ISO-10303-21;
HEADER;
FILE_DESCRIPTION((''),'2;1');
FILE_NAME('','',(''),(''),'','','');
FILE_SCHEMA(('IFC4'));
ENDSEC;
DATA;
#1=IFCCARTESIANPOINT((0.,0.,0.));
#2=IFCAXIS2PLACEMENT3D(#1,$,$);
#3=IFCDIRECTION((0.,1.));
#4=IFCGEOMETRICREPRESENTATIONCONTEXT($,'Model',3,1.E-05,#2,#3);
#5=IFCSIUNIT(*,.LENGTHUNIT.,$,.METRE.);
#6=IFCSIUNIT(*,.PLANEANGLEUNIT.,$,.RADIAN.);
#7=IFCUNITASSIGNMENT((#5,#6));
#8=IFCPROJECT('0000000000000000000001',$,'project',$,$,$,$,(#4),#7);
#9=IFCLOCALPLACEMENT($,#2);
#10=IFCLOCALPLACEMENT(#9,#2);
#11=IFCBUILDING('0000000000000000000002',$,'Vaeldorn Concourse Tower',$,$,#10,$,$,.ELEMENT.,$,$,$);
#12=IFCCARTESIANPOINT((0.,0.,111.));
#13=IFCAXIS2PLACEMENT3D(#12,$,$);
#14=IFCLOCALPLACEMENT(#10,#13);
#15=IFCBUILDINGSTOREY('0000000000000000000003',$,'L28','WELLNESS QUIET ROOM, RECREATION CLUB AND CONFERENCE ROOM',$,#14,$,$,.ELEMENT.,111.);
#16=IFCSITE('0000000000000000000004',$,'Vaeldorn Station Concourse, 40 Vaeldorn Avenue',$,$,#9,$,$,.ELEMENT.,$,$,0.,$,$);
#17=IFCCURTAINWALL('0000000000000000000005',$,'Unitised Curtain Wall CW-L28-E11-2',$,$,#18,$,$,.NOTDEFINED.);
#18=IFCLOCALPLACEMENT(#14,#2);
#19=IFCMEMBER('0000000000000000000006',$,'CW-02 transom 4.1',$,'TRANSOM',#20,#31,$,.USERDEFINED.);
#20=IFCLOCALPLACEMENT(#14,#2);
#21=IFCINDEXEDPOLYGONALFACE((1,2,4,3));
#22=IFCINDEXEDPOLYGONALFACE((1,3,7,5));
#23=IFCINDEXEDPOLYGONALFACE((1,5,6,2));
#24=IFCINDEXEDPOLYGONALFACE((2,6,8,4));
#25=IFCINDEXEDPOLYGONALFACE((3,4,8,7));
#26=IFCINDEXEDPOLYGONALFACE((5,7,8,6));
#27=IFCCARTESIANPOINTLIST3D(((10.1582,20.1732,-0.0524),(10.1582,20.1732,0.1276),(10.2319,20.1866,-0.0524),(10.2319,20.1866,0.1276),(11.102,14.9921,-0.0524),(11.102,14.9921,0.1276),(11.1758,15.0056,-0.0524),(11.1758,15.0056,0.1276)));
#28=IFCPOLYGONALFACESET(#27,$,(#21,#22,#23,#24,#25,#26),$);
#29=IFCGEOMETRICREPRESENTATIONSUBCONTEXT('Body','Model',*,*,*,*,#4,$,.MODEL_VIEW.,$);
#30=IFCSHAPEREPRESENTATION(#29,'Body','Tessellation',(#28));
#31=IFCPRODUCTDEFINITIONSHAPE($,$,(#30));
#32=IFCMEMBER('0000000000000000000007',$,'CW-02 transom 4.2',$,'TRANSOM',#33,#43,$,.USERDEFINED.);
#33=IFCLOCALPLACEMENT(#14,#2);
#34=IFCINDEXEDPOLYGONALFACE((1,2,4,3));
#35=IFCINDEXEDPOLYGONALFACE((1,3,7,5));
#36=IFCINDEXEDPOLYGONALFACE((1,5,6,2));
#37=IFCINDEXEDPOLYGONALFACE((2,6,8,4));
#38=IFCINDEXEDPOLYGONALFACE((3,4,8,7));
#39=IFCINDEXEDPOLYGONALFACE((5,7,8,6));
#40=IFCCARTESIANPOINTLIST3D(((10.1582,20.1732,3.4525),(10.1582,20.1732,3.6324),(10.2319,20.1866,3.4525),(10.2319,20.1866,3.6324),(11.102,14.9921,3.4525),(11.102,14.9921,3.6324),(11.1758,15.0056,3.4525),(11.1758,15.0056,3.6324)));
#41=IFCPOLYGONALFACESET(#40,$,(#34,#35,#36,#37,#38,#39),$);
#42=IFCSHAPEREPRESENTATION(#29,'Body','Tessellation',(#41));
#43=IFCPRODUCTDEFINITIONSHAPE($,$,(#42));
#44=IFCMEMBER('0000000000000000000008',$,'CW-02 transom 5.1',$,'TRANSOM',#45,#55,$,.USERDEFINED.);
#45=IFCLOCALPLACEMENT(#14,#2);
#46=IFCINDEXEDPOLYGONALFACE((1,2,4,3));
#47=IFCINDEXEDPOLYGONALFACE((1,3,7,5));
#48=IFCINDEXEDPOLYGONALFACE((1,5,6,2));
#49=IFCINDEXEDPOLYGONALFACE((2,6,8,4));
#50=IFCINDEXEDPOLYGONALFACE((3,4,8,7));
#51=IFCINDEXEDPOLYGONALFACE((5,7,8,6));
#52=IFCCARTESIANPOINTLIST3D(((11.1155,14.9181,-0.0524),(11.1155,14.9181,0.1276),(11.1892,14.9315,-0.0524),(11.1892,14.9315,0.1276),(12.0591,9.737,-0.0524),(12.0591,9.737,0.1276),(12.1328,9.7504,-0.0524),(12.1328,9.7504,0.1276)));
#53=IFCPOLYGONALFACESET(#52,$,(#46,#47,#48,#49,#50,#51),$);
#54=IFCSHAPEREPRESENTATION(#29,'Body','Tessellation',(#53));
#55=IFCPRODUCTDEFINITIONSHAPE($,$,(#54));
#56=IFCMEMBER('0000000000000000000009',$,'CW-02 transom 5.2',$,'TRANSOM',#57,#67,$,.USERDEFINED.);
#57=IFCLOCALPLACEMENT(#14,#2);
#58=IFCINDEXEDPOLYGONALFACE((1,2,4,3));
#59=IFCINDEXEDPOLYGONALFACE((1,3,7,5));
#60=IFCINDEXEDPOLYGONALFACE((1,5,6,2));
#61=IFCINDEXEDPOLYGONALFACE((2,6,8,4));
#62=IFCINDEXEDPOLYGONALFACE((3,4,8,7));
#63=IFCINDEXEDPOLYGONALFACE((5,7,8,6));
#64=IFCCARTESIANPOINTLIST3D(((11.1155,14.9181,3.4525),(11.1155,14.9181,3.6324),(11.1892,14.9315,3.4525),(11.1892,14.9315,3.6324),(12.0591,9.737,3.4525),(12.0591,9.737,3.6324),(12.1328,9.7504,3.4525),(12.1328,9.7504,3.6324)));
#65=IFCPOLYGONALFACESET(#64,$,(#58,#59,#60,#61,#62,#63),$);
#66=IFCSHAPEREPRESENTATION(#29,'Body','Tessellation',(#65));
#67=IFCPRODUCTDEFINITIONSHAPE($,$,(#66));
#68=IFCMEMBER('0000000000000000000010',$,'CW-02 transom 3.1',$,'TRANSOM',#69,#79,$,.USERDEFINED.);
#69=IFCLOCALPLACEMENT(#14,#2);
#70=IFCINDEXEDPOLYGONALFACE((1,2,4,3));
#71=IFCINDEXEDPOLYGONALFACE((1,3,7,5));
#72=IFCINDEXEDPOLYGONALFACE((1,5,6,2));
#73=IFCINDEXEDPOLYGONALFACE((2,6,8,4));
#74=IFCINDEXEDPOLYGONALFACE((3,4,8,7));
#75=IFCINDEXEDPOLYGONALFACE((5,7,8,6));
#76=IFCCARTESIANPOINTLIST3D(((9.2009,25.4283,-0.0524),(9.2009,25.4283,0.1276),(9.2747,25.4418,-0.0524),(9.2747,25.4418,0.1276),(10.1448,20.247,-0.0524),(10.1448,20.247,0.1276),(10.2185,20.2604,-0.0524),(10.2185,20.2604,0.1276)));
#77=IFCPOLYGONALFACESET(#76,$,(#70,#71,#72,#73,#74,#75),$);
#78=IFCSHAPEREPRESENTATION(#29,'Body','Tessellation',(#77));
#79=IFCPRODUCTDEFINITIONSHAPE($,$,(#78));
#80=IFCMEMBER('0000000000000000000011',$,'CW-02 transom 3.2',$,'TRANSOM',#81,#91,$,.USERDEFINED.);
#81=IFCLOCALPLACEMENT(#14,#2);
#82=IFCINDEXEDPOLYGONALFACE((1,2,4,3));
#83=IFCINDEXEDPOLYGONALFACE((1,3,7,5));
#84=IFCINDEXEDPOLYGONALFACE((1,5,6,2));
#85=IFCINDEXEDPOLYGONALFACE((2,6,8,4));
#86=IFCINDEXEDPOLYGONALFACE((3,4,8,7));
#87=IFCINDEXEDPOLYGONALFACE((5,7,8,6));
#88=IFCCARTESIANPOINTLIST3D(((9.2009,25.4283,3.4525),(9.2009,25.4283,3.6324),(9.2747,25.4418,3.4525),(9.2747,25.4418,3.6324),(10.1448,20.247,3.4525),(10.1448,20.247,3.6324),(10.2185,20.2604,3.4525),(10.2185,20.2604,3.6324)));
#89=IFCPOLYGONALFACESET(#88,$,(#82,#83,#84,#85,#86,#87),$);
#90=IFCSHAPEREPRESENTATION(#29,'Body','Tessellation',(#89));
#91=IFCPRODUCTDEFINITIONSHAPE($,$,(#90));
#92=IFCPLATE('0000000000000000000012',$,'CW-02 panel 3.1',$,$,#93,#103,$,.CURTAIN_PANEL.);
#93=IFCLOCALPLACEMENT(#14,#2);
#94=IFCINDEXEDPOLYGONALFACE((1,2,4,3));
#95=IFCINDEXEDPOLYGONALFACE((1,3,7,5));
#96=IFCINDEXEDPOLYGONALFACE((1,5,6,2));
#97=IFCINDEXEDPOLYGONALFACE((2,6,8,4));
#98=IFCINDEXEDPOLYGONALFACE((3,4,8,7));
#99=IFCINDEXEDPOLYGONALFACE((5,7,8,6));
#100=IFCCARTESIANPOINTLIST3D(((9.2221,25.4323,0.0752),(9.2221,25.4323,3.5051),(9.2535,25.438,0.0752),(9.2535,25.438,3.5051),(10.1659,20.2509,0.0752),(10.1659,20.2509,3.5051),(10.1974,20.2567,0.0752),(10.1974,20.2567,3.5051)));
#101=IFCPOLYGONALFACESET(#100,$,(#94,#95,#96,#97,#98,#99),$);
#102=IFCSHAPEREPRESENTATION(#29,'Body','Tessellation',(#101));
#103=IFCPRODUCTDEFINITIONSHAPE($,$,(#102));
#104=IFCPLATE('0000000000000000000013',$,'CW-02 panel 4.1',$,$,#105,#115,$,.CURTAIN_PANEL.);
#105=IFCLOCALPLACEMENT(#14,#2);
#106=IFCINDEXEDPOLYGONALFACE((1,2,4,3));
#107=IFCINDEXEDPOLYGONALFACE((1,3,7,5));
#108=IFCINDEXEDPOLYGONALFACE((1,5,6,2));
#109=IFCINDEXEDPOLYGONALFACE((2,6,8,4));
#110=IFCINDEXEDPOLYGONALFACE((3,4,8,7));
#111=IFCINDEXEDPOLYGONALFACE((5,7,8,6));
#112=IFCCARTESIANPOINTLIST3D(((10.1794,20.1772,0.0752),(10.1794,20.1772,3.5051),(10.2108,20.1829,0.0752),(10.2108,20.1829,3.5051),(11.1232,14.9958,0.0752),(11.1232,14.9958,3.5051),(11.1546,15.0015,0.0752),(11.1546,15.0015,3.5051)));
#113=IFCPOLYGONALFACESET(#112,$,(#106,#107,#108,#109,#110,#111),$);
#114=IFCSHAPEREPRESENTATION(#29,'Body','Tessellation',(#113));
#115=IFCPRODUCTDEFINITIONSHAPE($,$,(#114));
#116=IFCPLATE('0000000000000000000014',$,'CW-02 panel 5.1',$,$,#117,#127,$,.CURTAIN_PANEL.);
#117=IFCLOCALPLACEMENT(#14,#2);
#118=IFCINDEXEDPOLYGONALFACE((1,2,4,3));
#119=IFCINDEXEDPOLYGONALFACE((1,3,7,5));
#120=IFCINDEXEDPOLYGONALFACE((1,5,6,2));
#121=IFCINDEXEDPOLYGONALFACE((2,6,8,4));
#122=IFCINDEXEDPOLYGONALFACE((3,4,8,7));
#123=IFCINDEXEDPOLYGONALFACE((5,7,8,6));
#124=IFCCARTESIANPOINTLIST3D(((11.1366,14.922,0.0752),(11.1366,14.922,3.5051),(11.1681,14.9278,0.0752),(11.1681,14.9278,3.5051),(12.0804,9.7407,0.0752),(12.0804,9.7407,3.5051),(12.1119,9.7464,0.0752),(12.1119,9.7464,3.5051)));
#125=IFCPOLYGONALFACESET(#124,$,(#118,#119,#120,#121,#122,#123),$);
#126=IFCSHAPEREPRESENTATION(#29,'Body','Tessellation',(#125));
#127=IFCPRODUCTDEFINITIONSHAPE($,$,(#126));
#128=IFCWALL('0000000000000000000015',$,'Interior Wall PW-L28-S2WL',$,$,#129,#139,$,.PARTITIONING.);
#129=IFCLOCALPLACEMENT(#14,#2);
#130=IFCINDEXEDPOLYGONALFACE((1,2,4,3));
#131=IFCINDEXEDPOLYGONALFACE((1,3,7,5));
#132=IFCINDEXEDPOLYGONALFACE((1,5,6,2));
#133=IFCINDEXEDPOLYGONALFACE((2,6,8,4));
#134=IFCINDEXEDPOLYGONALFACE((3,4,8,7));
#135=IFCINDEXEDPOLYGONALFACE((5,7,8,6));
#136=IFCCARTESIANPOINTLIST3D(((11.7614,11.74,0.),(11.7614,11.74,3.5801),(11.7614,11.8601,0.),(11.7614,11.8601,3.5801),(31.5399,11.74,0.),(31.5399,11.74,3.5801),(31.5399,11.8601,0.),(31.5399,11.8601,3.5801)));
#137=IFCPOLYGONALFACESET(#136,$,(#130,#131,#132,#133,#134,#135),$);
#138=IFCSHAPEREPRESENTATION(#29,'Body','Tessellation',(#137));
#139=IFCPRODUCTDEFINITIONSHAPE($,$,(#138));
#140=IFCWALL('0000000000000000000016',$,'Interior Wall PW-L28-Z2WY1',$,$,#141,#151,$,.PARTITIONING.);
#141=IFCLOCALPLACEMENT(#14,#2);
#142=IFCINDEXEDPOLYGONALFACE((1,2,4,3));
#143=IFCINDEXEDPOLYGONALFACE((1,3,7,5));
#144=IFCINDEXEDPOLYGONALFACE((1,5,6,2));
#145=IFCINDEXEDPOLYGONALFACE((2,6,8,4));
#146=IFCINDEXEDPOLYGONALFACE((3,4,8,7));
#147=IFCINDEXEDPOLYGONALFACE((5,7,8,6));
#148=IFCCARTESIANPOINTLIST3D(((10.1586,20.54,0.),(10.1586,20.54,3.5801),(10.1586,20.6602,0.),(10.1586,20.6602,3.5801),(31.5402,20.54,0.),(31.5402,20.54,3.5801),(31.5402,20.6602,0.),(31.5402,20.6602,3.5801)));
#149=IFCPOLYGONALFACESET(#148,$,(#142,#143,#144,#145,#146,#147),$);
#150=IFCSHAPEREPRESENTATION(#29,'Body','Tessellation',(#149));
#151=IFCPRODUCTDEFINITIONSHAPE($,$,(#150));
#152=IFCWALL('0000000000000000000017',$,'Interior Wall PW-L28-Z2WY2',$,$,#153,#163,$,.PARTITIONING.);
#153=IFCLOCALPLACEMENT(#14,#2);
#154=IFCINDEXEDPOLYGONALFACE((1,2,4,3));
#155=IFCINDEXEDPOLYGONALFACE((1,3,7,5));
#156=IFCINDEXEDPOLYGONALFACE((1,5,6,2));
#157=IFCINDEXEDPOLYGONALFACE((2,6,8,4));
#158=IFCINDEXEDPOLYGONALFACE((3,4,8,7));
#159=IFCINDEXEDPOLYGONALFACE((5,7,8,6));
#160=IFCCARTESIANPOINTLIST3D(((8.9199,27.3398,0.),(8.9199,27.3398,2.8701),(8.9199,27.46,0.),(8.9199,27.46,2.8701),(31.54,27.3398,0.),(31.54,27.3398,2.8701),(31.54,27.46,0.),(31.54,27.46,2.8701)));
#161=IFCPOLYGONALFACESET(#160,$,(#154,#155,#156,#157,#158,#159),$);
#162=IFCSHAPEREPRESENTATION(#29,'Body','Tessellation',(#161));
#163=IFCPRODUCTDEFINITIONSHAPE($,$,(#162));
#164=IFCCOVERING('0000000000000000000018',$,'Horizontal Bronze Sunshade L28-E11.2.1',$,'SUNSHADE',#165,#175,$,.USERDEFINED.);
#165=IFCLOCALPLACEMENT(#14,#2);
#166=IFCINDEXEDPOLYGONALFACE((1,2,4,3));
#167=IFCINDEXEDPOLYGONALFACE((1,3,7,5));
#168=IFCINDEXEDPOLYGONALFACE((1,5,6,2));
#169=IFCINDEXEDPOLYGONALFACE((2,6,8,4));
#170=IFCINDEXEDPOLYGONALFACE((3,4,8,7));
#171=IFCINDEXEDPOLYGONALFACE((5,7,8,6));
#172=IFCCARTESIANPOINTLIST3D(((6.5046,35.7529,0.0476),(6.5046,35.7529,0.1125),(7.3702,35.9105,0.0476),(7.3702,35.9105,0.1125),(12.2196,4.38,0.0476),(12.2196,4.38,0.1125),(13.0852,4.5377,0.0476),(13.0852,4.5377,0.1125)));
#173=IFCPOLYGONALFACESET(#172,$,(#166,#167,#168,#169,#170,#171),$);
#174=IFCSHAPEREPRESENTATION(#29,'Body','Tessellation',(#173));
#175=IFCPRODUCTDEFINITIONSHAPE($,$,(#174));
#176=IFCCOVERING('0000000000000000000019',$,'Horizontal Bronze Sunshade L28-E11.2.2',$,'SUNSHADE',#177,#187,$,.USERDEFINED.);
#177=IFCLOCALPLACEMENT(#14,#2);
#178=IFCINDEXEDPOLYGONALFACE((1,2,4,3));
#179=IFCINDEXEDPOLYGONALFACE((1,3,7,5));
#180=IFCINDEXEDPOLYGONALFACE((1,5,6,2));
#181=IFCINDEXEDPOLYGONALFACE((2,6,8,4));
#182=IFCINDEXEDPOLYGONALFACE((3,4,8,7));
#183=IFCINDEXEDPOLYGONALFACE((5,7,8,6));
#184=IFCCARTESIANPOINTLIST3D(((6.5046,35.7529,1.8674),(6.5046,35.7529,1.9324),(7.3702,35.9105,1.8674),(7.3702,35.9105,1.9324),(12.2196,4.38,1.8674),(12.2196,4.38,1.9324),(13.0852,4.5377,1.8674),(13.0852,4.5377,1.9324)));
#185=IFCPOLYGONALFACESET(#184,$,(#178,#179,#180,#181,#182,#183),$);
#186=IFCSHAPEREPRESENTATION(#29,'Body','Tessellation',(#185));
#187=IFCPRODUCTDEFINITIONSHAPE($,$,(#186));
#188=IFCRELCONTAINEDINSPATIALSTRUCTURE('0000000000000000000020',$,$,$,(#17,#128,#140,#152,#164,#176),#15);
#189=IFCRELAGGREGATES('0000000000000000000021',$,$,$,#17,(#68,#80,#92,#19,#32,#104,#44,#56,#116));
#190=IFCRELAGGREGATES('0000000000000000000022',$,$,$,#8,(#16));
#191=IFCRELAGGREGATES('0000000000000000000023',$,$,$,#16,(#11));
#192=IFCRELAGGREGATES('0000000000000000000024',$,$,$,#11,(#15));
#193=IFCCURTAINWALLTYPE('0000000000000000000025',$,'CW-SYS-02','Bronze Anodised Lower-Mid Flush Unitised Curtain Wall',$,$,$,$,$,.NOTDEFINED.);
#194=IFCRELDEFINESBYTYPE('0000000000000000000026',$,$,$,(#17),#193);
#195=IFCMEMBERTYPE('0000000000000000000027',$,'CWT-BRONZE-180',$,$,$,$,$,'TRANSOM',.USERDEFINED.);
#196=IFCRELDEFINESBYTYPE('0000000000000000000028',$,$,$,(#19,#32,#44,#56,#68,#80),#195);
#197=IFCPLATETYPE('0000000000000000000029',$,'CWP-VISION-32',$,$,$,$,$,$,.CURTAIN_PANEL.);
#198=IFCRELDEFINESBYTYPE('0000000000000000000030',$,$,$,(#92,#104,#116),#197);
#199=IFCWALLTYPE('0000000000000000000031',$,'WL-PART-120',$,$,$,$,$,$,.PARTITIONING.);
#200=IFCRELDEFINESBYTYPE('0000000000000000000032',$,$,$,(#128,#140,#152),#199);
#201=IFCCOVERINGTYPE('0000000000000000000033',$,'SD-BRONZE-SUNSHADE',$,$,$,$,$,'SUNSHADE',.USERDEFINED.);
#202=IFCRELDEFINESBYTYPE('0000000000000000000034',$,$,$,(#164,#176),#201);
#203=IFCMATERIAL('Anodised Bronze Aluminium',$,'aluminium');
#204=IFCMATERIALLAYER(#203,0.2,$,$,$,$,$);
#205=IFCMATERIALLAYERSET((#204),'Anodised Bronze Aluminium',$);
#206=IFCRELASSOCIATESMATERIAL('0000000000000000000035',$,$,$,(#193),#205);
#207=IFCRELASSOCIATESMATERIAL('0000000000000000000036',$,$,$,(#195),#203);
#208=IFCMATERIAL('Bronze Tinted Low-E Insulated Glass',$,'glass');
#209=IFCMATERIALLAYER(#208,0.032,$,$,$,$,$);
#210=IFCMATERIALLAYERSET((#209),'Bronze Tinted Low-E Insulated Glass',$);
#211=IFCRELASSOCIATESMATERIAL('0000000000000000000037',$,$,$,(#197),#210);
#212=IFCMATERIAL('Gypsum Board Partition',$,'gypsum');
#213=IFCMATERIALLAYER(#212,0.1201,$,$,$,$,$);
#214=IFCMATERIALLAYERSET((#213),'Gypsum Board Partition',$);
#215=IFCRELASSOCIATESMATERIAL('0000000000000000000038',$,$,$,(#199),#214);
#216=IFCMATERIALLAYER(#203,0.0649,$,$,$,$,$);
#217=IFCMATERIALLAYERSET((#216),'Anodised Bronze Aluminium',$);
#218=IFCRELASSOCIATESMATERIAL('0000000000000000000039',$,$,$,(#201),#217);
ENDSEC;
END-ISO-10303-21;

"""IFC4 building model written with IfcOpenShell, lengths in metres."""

from ifc_helpers import new_model, si_unit, direction, frame, frame_2d, origin, origin_2d, place, context, subcontext, project, spatial, rectangle, extrude, source, transform, mapped, material, layer, layer_set, material_profile, profile_set, type_object, element, aggregate, save


model = new_model("IFC4")

# Units and contexts
model_context = context("Model", 3, precision=1e-05, world=origin(), true_north=direction((0.0, 1.0)))
body_context = subcontext(model_context, "Body", "Model", "MODEL_VIEW")
ifc_project = project(units=[si_unit("LENGTHUNIT", "METRE"), si_unit("PLANEANGLEUNIT", "RADIAN")], contexts=[model_context])

# Site, building, storey
site_placement = place(None, origin())
site = spatial("IfcSite", under=ifc_project, at=site_placement, Name="Vaeldorn Station Concourse, 40 Vaeldorn Avenue", CompositionType="ELEMENT", RefElevation=0.0)
building_placement = place(site_placement, origin())
building = spatial("IfcBuilding", under=site, at=building_placement, Name="Vaeldorn Concourse Tower", CompositionType="ELEMENT")
storey_placement = place(building_placement, frame((0.0, 0.0, 111.0)))
storey = spatial("IfcBuildingStorey", under=building, at=storey_placement, Name="L28", Description="WELLNESS QUIET ROOM, RECREATION CLUB AND CONFERENCE ROOM", CompositionType="ELEMENT", Elevation=111.0)

# Curtain wall, members, plates
ifc_material_1 = material(Name="Anodised Bronze Aluminium", Category="aluminium")
ifc_layer_1 = layer(ifc_material_1, 0.2)
ifc_layer_set_1 = layer_set([ifc_layer_1], Name="Anodised Bronze Aluminium")
curtain_wall_type = type_object("IfcCurtainWallType", Name="CW-SYS-02", Description="Bronze Anodised Lower-Mid Flush Unitised Curtain Wall", PredefinedType="NOTDEFINED", material=ifc_layer_set_1)
curtain_wall_placement = place(storey_placement, origin())
curtain_wall = element("IfcCurtainWall", 1, at=curtain_wall_placement, inside=storey, type_object=curtain_wall_type, Name="Unitised Curtain Wall CW-L28-E11-2", PredefinedType="NOTDEFINED")
ifc_material_profile_1 = material_profile(ifc_material_1, rectangle(XDim=0.075, YDim=0.1799, at=origin_2d()), Name="CWT 75x180")
ifc_profile_set_1 = profile_set([ifc_material_profile_1], Name="Anodised Bronze Aluminium")
member_type_1 = type_object("IfcMemberType", Name="CWT-BRONZE-180", ElementType="TRANSOM", PredefinedType="USERDEFINED", material=ifc_profile_set_1)
shared_shape_1 = source(origin(), body_context, "Body", "SweptSolid", [
    extrude(rectangle(XDim=0.075, YDim=0.1799, at=origin_2d()), origin(), (0.0, 0.0, 1.0), 5.2664),
])
member_1_placement = place(storey_placement, frame((10.1951, 20.1799, 0.0376), z_axis=(0.17922, -0.983809, 0.0), x_axis=(0.983809, 0.17922, 0.0)))
member_1 = element("IfcMember", 2, at=member_1_placement, type_object=member_type_1, Name="CW-02 transom 4.1", ObjectType="TRANSOM", PredefinedType="USERDEFINED", context=body_context, shape_type="MappedRepresentation", body=[
    mapped(shared_shape_1, transform((0.0, 0.0, 0.0), scale=1.0)),
])
member_2_placement = place(storey_placement, frame((10.1951, 20.1799, 3.5425), z_axis=(0.17922, -0.983809, 0.0), x_axis=(0.983809, 0.17922, 0.0)))
member_2 = element("IfcMember", 3, at=member_2_placement, type_object=member_type_1, Name="CW-02 transom 4.2", ObjectType="TRANSOM", PredefinedType="USERDEFINED", context=body_context, shape_type="MappedRepresentation", body=[
    mapped(shared_shape_1, transform((0.0, 0.0, 0.0), scale=1.0)),
])
member_3_placement = place(storey_placement, frame((11.1523, 14.9248, 0.0376), z_axis=(0.179175, -0.983817, 0.0), x_axis=(0.983817, 0.179175, 0.0)))
member_3 = element("IfcMember", 4, at=member_3_placement, type_object=member_type_1, Name="CW-02 transom 5.1", ObjectType="TRANSOM", PredefinedType="USERDEFINED", context=body_context, shape_type="MappedRepresentation", body=[
    mapped(shared_shape_1, transform((0.0, 0.0, 0.0), scale=1.0)),
])
member_4_placement = place(storey_placement, frame((11.1523, 14.9248, 3.5425), z_axis=(0.179175, -0.983817, 0.0), x_axis=(0.983817, 0.179175, 0.0)))
member_4 = element("IfcMember", 5, at=member_4_placement, type_object=member_type_1, Name="CW-02 transom 5.2", ObjectType="TRANSOM", PredefinedType="USERDEFINED", context=body_context, shape_type="MappedRepresentation", body=[
    mapped(shared_shape_1, transform((0.0, 0.0, 0.0), scale=1.0)),
])
shared_shape_2 = source(origin(), body_context, "Body", "SweptSolid", [
    extrude(rectangle(XDim=0.075, YDim=0.1799, at=origin_2d()), origin(), (0.0, 0.0, 1.0), 5.2666),
])
member_5_placement = place(storey_placement, frame((9.2378, 25.4351, 0.0376), z_axis=(0.179212, -0.983811, 0.0), x_axis=(0.983811, 0.179212, 0.0)))
member_5 = element("IfcMember", 6, at=member_5_placement, type_object=member_type_1, Name="CW-02 transom 3.1", ObjectType="TRANSOM", PredefinedType="USERDEFINED", context=body_context, shape_type="MappedRepresentation", body=[
    mapped(shared_shape_2, transform((0.0, 0.0, 0.0), scale=1.0)),
])
member_6_placement = place(storey_placement, frame((9.2378, 25.4351, 3.5425), z_axis=(0.179212, -0.983811, 0.0), x_axis=(0.983811, 0.179212, 0.0)))
member_6 = element("IfcMember", 7, at=member_6_placement, type_object=member_type_1, Name="CW-02 transom 3.2", ObjectType="TRANSOM", PredefinedType="USERDEFINED", context=body_context, shape_type="MappedRepresentation", body=[
    mapped(shared_shape_2, transform((0.0, 0.0, 0.0), scale=1.0)),
])
ifc_material_2 = material(Name="Bronze Tinted Low-E Insulated Glass", Category="glass")
ifc_layer_2 = layer(ifc_material_2, 0.032)
ifc_layer_set_2 = layer_set([ifc_layer_2], Name="Bronze Tinted Low-E Insulated Glass")
plate_type = type_object("IfcPlateType", Name="CWP-VISION-32", PredefinedType="CURTAIN_PANEL", material=ifc_layer_set_2)
shared_shape_3 = source(origin(), body_context, "Body", "SweptSolid", [
    extrude(rectangle(XDim=5.2666, YDim=0.032, at=origin_2d()), origin(), (0.0, 0.0, 1.0), 3.4299),
])
plate_1_placement = place(storey_placement, frame((9.7097, 22.8445, 0.0752), z_axis=(0.0, 0.0, 1.0), x_axis=(0.179206, -0.983812, 0.0)))
plate_1 = element("IfcPlate", 8, at=plate_1_placement, type_object=plate_type, Name="CW-02 panel 3.1", PredefinedType="CURTAIN_PANEL", context=body_context, shape_type="MappedRepresentation", body=[
    mapped(shared_shape_3, transform((0.0, 0.0, 0.0), scale=1.0)),
])
plate_2_placement = place(storey_placement, frame((10.667, 17.5894, 0.0752), z_axis=(0.0, 0.0, 1.0), x_axis=(0.179206, -0.983812, 0.0)))
plate_2 = element("IfcPlate", 9, at=plate_2_placement, type_object=plate_type, Name="CW-02 panel 4.1", PredefinedType="CURTAIN_PANEL", context=body_context, shape_type="MappedRepresentation", body=[
    mapped(shared_shape_3, transform((0.0, 0.0, 0.0), scale=1.0)),
])
plate_3_placement = place(storey_placement, frame((11.6243, 12.3342, 0.0752), z_axis=(0.0, 0.0, 1.0), x_axis=(0.179206, -0.983812, 0.0)))
plate_3 = element("IfcPlate", 10, at=plate_3_placement, type_object=plate_type, Name="CW-02 panel 5.1", PredefinedType="CURTAIN_PANEL", context=body_context, shape_type="MappedRepresentation", body=[
    mapped(shared_shape_3, transform((0.0, 0.0, 0.0), scale=1.0)),
])
aggregate(curtain_wall, [member_5, member_6, plate_1, member_1, member_2, plate_2, member_3, member_4, plate_3])

# Walls
ifc_material_3 = material(Name="Gypsum Board Partition", Category="gypsum")
ifc_layer_3 = layer(ifc_material_3, 0.1201)
ifc_layer_set_3 = layer_set([ifc_layer_3], Name="Gypsum Board Partition")
wall_type = type_object("IfcWallType", Name="WL-PART-120", PredefinedType="PARTITIONING", material=ifc_layer_set_3)
wall_1_placement = place(storey_placement, frame((11.7615, 11.8, 0.0), z_axis=(0.0, 0.0, 1.0), x_axis=(1.0, 0.0, 0.0)))
element("IfcWall", 11, at=wall_1_placement, inside=storey, type_object=wall_type, Name="Interior Wall PW-L28-S2WL", PredefinedType="PARTITIONING", context=body_context, shape_type="SweptSolid", body=[
    extrude(rectangle(XDim=19.7786, YDim=0.1201, at=frame_2d((9.8892, 0.0))), origin(), (0.0, 0.0, 1.0), 3.5801),
])
wall_2_placement = place(storey_placement, frame((10.1584, 20.6001, 0.0), z_axis=(0.0, 0.0, 1.0), x_axis=(1.0, 0.0, 0.0)))
element("IfcWall", 12, at=wall_2_placement, inside=storey, type_object=wall_type, Name="Interior Wall PW-L28-Z2WY1", PredefinedType="PARTITIONING", context=body_context, shape_type="SweptSolid", body=[
    extrude(rectangle(XDim=21.3816, YDim=0.1201, at=frame_2d((10.6909, 0.0))), origin(), (0.0, 0.0, 1.0), 3.5801),
])
wall_3_placement = place(storey_placement, frame((8.9199, 27.3999, 0.0), z_axis=(0.0, 0.0, 1.0), x_axis=(1.0, 0.0, 0.0)))
element("IfcWall", 13, at=wall_3_placement, inside=storey, type_object=wall_type, Name="Interior Wall PW-L28-Z2WY2", PredefinedType="PARTITIONING", context=body_context, shape_type="SweptSolid", body=[
    extrude(rectangle(XDim=22.6201, YDim=0.1201, at=frame_2d((11.3101, 0.0))), origin(), (0.0, 0.0, 1.0), 2.8701),
])

# Coverings
ifc_layer_4 = layer(ifc_material_1, 0.0649)
ifc_layer_set_4 = layer_set([ifc_layer_4], Name="Anodised Bronze Aluminium")
covering_type = type_object("IfcCoveringType", Name="SD-BRONZE-SUNSHADE", ElementType="SUNSHADE", PredefinedType="USERDEFINED", material=ifc_layer_set_4)
shared_shape_4 = source(origin(), body_context, "Body", "SweptSolid", [
    extrude(rectangle(XDim=31.8892, YDim=0.8799, at=origin_2d()), origin(), (0.0, 0.0, 1.0), 0.0649),
])
for number, where, z_axis, x_axis, name in (
    (14, (9.7949, 20.1453, 0.0476), (0.0, 0.0, 1.0), (0.179214, -0.98381, 0.0), "Horizontal Bronze Sunshade L28-E11.2.1"),
    (15, (9.7949, 20.1453, 1.8674), (0.0, 0.0, 1.0), (0.179214, -0.98381, 0.0), "Horizontal Bronze Sunshade L28-E11.2.2"),
):
    element("IfcCovering", number, at=place(storey_placement, frame(where, z_axis=z_axis, x_axis=x_axis)), inside=storey, type_object=covering_type, Name=name, ObjectType="SUNSHADE", PredefinedType="USERDEFINED", context=body_context, shape_type="MappedRepresentation", body=[
        mapped(shared_shape_4, transform((0.0, 0.0, 0.0), scale=1.0)),
    ])

save(model, "model.ifc")
